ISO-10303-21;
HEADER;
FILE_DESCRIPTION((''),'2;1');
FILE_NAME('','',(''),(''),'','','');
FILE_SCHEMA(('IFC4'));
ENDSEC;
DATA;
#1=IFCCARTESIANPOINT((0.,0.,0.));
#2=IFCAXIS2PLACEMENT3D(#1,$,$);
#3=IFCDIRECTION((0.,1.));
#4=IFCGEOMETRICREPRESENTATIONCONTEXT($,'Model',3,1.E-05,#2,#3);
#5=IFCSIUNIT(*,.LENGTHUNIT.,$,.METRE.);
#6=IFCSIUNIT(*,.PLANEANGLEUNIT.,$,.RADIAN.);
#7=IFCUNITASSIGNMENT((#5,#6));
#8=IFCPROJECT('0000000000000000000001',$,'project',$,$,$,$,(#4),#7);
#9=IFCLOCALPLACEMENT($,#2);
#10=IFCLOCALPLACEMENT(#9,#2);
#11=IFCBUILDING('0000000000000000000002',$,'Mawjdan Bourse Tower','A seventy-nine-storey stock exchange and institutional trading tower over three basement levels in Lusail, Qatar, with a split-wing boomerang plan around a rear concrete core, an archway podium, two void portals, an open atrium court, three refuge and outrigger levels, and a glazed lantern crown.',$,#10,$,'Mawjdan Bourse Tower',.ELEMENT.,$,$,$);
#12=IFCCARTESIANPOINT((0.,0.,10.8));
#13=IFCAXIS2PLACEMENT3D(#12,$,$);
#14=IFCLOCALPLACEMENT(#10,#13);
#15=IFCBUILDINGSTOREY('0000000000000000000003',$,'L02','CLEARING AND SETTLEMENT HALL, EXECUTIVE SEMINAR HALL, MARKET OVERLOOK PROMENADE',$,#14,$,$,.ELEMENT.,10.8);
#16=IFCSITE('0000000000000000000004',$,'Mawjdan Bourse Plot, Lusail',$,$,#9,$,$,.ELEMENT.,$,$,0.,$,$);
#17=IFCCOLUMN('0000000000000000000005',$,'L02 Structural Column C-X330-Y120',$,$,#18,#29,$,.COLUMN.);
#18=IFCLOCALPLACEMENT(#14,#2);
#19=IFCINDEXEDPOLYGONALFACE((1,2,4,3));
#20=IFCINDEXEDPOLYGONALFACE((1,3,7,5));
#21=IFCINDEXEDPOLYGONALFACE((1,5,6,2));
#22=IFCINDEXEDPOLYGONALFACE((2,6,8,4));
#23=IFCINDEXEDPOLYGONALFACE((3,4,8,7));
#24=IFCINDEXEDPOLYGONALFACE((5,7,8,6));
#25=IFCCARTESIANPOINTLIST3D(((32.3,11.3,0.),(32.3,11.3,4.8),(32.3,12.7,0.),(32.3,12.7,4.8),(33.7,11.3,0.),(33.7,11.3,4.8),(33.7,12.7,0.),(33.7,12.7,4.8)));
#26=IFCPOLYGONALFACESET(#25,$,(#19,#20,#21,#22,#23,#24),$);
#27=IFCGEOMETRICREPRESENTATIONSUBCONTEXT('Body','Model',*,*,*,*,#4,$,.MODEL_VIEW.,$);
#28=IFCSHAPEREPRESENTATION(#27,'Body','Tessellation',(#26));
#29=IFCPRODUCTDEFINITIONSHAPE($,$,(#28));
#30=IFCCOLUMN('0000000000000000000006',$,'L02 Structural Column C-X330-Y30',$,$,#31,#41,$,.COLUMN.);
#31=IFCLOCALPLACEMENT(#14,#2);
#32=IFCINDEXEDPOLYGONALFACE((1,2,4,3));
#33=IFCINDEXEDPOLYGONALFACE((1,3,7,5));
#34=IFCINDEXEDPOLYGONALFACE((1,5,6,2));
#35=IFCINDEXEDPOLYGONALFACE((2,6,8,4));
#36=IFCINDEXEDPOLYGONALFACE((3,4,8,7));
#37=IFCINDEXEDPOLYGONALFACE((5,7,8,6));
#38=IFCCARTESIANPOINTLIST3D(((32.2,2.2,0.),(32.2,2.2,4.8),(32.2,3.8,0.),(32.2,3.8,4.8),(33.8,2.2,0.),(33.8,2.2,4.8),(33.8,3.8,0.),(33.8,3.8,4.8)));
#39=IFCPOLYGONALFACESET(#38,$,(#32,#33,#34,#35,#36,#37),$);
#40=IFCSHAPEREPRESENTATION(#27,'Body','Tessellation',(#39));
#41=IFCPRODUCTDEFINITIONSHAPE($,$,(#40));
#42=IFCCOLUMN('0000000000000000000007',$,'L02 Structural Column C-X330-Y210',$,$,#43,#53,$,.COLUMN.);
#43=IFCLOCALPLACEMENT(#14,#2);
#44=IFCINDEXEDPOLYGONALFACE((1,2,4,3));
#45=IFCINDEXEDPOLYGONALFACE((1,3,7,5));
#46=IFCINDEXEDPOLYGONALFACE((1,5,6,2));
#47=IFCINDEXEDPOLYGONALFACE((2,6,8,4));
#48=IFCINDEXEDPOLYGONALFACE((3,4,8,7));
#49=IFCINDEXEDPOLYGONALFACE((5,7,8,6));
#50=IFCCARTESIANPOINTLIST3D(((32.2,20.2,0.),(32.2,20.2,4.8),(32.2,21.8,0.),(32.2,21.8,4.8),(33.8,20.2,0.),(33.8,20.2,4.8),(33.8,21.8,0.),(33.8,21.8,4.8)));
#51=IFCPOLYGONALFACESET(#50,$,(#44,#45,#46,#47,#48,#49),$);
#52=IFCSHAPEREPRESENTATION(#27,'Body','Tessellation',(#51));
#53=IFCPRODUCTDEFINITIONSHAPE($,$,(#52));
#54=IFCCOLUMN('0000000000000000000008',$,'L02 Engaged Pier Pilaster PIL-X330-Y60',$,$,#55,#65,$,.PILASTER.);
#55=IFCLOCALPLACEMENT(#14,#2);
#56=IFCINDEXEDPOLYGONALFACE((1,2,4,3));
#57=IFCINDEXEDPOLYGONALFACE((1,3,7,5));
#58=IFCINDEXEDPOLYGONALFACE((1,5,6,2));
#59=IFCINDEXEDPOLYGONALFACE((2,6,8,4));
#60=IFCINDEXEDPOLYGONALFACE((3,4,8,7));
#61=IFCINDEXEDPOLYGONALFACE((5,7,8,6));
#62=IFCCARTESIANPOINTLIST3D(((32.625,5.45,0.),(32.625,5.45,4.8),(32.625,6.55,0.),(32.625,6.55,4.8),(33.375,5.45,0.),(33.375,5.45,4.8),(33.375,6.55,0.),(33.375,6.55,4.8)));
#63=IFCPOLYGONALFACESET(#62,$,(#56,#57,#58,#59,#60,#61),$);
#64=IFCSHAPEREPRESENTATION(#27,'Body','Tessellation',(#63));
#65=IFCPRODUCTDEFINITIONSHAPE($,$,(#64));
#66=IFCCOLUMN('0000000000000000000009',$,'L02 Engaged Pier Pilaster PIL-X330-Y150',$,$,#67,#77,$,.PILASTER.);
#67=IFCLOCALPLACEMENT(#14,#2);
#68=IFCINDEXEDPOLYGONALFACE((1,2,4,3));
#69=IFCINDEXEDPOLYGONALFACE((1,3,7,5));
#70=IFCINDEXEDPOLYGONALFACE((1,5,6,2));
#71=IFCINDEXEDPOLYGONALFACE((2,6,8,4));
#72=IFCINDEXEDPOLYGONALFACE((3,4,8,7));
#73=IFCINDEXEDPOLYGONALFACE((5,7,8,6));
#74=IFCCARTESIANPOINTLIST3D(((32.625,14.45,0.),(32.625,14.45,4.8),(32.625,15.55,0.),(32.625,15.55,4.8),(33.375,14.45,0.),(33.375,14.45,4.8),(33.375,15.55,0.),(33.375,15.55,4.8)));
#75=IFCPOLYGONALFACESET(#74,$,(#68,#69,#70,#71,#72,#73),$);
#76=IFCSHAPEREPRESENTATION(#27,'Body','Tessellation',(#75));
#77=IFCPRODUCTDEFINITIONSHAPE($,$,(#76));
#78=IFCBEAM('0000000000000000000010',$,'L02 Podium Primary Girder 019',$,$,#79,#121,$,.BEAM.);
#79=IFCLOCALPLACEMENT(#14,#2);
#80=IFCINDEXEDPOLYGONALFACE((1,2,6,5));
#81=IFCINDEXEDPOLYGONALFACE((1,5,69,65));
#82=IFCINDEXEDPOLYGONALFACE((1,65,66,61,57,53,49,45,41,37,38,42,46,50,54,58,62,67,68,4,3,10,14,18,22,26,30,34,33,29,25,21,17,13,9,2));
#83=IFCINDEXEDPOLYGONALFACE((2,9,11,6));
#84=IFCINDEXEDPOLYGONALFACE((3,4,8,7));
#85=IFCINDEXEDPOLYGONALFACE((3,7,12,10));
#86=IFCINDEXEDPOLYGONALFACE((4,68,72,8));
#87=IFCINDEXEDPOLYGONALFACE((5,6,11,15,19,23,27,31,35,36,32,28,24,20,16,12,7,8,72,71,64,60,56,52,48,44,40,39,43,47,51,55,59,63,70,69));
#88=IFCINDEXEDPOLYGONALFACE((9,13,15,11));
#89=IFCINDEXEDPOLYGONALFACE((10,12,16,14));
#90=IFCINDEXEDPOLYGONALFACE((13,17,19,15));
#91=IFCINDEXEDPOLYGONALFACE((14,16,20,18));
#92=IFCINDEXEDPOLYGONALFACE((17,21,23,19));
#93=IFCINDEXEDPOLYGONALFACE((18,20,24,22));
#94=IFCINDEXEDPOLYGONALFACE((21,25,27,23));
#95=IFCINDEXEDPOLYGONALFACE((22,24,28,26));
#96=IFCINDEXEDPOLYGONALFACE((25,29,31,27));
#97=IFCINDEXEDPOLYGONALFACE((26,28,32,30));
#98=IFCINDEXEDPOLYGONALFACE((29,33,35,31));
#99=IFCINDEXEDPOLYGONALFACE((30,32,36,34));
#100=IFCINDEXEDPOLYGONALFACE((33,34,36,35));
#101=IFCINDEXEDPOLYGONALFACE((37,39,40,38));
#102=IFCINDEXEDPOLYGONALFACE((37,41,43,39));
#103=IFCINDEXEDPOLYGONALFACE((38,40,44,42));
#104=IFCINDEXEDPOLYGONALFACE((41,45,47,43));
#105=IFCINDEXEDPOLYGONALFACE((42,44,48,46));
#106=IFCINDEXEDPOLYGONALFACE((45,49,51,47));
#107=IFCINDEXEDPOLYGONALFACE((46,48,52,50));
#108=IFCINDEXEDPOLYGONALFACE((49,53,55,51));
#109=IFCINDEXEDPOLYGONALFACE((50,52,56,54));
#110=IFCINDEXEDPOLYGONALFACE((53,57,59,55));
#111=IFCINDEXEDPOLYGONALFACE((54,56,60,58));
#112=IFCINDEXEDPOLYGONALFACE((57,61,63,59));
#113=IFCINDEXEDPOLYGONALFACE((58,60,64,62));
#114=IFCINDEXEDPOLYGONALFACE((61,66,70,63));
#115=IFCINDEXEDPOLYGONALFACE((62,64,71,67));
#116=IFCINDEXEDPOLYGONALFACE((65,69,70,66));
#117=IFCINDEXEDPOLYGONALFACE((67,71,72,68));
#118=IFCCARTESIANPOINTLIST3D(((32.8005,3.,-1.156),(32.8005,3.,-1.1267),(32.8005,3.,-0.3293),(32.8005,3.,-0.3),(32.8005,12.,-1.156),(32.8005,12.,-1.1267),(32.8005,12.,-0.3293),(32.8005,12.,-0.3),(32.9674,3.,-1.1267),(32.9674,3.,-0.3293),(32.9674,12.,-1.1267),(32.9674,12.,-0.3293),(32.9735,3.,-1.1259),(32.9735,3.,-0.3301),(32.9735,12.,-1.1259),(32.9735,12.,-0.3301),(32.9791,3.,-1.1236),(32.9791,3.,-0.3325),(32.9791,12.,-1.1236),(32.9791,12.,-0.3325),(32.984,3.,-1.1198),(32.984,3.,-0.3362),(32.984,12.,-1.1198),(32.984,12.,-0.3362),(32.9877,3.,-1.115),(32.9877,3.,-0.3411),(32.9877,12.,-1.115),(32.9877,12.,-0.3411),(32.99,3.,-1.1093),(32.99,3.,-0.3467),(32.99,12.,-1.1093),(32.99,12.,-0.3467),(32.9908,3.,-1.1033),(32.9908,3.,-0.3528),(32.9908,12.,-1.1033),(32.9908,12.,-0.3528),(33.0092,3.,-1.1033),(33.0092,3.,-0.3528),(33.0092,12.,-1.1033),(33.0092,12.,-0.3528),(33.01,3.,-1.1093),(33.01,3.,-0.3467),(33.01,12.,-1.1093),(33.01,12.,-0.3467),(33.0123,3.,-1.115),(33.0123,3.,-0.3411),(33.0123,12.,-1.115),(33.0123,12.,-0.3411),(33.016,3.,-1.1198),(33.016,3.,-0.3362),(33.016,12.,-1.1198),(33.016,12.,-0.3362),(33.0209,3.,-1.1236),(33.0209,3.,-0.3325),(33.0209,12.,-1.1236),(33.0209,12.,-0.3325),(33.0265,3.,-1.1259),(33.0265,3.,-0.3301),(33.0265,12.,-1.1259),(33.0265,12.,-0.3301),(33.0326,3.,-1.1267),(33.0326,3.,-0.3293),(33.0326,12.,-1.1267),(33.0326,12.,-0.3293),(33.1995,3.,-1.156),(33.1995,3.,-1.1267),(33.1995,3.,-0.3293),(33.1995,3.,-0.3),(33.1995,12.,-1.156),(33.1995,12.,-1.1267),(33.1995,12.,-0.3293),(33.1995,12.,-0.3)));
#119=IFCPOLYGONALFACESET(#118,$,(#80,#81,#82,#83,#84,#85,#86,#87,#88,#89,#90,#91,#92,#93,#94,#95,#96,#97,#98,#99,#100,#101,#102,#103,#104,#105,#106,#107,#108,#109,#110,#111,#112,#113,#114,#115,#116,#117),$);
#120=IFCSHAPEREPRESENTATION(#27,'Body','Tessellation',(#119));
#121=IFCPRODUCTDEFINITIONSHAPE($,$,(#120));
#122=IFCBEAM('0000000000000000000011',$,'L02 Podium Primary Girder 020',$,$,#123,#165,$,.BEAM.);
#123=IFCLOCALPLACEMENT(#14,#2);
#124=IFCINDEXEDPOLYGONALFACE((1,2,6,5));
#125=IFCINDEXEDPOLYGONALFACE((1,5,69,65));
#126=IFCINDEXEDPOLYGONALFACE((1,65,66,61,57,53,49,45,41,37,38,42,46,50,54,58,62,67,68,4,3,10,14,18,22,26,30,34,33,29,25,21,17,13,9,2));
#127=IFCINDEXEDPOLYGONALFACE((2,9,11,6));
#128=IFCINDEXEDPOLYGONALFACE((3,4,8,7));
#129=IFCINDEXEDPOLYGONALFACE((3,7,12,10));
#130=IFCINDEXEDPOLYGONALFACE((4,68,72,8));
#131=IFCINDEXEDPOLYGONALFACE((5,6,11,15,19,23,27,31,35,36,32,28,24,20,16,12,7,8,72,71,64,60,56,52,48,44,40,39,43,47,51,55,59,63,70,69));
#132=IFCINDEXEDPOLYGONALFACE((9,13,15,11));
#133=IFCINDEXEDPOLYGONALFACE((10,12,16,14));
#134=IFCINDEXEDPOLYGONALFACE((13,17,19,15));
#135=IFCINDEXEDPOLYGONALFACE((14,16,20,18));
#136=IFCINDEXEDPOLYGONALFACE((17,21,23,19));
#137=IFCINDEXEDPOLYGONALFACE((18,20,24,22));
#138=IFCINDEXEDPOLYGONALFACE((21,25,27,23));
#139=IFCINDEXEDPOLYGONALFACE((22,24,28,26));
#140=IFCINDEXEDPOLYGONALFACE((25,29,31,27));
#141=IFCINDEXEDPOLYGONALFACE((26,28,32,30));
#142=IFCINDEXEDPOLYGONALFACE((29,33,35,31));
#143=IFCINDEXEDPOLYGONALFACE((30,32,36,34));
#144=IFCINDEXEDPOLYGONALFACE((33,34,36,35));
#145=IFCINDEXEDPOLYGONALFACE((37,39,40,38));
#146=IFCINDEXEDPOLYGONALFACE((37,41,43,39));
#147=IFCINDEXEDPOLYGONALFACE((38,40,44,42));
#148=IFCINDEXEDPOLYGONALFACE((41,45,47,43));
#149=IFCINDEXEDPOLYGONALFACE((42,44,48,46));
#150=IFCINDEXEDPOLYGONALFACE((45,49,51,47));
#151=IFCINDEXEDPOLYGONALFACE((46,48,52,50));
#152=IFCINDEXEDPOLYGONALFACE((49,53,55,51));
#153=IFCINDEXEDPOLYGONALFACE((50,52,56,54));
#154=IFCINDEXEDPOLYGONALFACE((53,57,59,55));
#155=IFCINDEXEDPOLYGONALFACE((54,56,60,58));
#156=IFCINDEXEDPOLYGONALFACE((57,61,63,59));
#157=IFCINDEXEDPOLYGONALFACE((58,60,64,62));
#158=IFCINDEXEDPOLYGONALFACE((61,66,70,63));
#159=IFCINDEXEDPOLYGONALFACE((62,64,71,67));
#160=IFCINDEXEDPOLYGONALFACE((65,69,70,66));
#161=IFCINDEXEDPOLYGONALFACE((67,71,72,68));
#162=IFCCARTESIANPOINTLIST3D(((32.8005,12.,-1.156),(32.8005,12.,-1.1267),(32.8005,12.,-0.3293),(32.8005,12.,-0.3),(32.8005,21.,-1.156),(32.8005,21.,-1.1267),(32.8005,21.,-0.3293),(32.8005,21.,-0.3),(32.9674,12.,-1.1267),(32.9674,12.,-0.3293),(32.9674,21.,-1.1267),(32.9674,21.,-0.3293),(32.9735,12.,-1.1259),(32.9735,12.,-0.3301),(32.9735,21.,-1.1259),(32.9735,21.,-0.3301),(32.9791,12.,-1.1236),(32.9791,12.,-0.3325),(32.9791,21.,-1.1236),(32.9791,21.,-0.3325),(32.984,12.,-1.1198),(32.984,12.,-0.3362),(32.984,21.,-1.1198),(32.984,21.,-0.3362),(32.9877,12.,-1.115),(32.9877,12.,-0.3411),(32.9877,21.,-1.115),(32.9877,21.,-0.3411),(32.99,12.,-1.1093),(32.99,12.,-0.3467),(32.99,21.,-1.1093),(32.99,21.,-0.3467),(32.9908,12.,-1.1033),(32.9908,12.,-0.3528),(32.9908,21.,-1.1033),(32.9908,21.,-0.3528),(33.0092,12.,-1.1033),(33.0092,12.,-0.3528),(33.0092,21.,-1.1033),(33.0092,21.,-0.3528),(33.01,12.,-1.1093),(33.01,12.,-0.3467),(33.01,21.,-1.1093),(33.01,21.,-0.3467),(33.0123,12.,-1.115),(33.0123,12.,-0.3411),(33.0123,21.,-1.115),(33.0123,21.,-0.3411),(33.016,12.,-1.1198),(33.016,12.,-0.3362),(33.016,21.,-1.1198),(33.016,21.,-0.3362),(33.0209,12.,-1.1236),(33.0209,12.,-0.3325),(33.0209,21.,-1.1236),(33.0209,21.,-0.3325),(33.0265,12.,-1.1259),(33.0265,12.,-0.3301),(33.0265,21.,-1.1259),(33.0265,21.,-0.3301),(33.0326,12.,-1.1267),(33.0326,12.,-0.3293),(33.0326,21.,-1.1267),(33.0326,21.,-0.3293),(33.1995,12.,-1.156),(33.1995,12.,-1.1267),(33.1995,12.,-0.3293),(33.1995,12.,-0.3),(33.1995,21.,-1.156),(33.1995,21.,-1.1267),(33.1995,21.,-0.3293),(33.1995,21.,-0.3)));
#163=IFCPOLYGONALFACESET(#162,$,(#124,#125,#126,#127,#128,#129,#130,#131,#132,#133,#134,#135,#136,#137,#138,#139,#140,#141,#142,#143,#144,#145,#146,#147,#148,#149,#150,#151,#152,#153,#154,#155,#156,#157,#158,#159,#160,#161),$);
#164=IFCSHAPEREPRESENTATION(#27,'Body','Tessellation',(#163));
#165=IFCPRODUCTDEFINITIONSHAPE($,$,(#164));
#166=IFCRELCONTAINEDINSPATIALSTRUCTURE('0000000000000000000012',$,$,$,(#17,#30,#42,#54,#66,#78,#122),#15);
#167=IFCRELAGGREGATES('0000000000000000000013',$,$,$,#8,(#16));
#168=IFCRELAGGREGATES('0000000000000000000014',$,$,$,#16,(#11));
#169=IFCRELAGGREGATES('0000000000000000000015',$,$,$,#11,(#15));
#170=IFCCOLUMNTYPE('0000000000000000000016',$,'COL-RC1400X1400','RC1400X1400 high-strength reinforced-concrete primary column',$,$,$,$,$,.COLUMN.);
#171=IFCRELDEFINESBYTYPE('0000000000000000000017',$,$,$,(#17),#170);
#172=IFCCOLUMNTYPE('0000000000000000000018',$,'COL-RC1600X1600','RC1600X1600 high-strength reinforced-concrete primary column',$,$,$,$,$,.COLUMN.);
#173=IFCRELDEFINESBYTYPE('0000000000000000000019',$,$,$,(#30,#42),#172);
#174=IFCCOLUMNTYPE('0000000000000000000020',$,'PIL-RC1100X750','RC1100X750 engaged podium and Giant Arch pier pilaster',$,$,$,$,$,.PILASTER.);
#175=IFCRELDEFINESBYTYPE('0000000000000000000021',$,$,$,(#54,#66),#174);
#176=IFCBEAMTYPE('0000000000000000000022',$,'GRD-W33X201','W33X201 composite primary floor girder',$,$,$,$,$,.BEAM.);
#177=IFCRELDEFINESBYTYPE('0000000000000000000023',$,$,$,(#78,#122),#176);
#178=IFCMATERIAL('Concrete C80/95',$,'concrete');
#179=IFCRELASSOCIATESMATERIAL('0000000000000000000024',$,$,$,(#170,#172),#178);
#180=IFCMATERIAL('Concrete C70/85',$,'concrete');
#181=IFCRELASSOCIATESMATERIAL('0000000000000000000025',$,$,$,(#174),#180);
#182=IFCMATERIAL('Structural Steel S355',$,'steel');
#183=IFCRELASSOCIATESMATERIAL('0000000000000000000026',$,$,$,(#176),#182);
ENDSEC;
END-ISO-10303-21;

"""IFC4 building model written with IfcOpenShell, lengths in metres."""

from ifc_helpers import new_model, si_unit, direction, frame, origin, origin_2d, place, context, subcontext, project, spatial, rectangle, i_section, extrude, material, material_profile, profile_set, type_object, element, save


model = new_model("IFC4")

# Units and contexts
model_context = context("Model", 3, precision=1e-05, world=origin(), true_north=direction((0.0, 1.0)))
body_context = subcontext(model_context, "Body", "Model", "MODEL_VIEW")
ifc_project = project(units=[si_unit("LENGTHUNIT", "METRE"), si_unit("PLANEANGLEUNIT", "RADIAN")], contexts=[model_context])

# Site, building, storey
site_placement = place(None, origin())
site = spatial("IfcSite", under=ifc_project, at=site_placement, Name="Mawjdan Bourse Plot, Lusail", CompositionType="ELEMENT", RefElevation=0.0)
building_placement = place(site_placement, origin())
building = spatial("IfcBuilding", under=site, at=building_placement, Name="Mawjdan Bourse Tower", Description="A seventy-nine-storey stock exchange and institutional trading tower over three basement levels in Lusail, Qatar, with a split-wing boomerang plan around a rear concrete core, an archway podium, two void portals, an open atrium court, three refuge and outrigger levels, and a glazed lantern crown.", LongName="Mawjdan Bourse Tower", CompositionType="ELEMENT")
storey_placement = place(building_placement, frame((0.0, 0.0, 10.8)))
storey = spatial("IfcBuildingStorey", under=building, at=storey_placement, Name="L02", Description="CLEARING AND SETTLEMENT HALL, EXECUTIVE SEMINAR HALL, MARKET OVERLOOK PROMENADE", CompositionType="ELEMENT", Elevation=10.8)

# Columns
ifc_material_1 = material(Name="Concrete C80/95", Category="concrete")
ifc_material_profile_1 = material_profile(ifc_material_1, rectangle(XDim=1.3999, YDim=1.3999, at=origin_2d()), Name="RC1400X1400")
ifc_profile_set_1 = profile_set([ifc_material_profile_1], Name="Concrete C80/95")
column_type_1 = type_object("IfcColumnType", Name="COL-RC1400X1400", Description="RC1400X1400 high-strength reinforced-concrete primary column", PredefinedType="COLUMN", material=ifc_profile_set_1)
column_placement = place(storey_placement, frame((33.0, 12.0, 0.0), z_axis=(0.0, 0.0, 1.0), x_axis=(1.0, 0.0, 0.0)))
element("IfcColumn", 1, at=column_placement, inside=storey, type_object=column_type_1, Name="L02 Structural Column C-X330-Y120", PredefinedType="COLUMN", context=body_context, shape_type="SweptSolid", body=[
    extrude(rectangle(XDim=1.3999, YDim=1.3999, at=origin_2d()), origin(), (0.0, 0.0, 1.0), 4.8),
])
ifc_material_profile_2 = material_profile(ifc_material_1, rectangle(XDim=1.6001, YDim=1.6001, at=origin_2d()), Name="RC1600X1600")
ifc_profile_set_2 = profile_set([ifc_material_profile_2], Name="Concrete C80/95")
column_type_2 = type_object("IfcColumnType", Name="COL-RC1600X1600", Description="RC1600X1600 high-strength reinforced-concrete primary column", PredefinedType="COLUMN", material=ifc_profile_set_2)
for number, where, z_axis, x_axis, name in (
    (2, (33.0, 3.0, 0.0), (0.0, 0.0, 1.0), (1.0, 0.0, 0.0), "L02 Structural Column C-X330-Y30"),
    (3, (33.0, 21.0, 0.0), (0.0, 0.0, 1.0), (1.0, 0.0, 0.0), "L02 Structural Column C-X330-Y210"),
):
    element("IfcColumn", number, at=place(storey_placement, frame(where, z_axis=z_axis, x_axis=x_axis)), inside=storey, type_object=column_type_2, Name=name, PredefinedType="COLUMN", context=body_context, shape_type="SweptSolid", body=[
        extrude(rectangle(XDim=1.6001, YDim=1.6001, at=origin_2d()), origin(), (0.0, 0.0, 1.0), 4.8),
    ])
ifc_material_2 = material(Name="Concrete C70/85", Category="concrete")
ifc_material_profile_3 = material_profile(ifc_material_2, rectangle(XDim=0.75, YDim=1.1001, at=origin_2d()), Name="RC1100X750")
ifc_profile_set_3 = profile_set([ifc_material_profile_3], Name="Concrete C70/85")
column_type_3 = type_object("IfcColumnType", Name="PIL-RC1100X750", Description="RC1100X750 engaged podium and Giant Arch pier pilaster", PredefinedType="PILASTER", material=ifc_profile_set_3)
for number, where, z_axis, x_axis, name in (
    (4, (33.0, 6.0, 0.0), (0.0, 0.0, 1.0), (1.0, 0.0, 0.0), "L02 Engaged Pier Pilaster PIL-X330-Y60"),
    (5, (33.0, 15.0, 0.0), (0.0, 0.0, 1.0), (1.0, 0.0, 0.0), "L02 Engaged Pier Pilaster PIL-X330-Y150"),
):
    element("IfcColumn", number, at=place(storey_placement, frame(where, z_axis=z_axis, x_axis=x_axis)), inside=storey, type_object=column_type_3, Name=name, PredefinedType="PILASTER", context=body_context, shape_type="SweptSolid", body=[
        extrude(rectangle(XDim=0.75, YDim=1.1001, at=origin_2d()), origin(), (0.0, 0.0, 1.0), 4.8),
    ])

# Beams
ifc_material_3 = material(Name="Structural Steel S355", Category="steel")
ifc_material_profile_4 = material_profile(ifc_material_3, i_section(OverallWidth=0.3989, OverallDepth=0.856, WebThickness=0.0183, FlangeThickness=0.0293, FilletRadius=0.0234, at=origin_2d()), Name="W33X201")
ifc_profile_set_4 = profile_set([ifc_material_profile_4], Name="Structural Steel S355")
beam_type_1 = type_object("IfcBeamType", Name="GRD-W33X201", Description="W33X201 composite primary floor girder", PredefinedType="BEAM", material=ifc_profile_set_4)
for number, where, z_axis, x_axis, name in (
    (6, (33.0, 3.0, -0.728), (0.0, 1.0, 0.0), (-1.0, 0.0, 0.0), "L02 Podium Primary Girder 019"),
    (7, (33.0, 12.0, -0.728), (0.0, 1.0, 0.0), (-1.0, 0.0, 0.0), "L02 Podium Primary Girder 020"),
):
    element("IfcBeam", number, at=place(storey_placement, frame(where, z_axis=z_axis, x_axis=x_axis)), inside=storey, type_object=beam_type_1, Name=name, PredefinedType="BEAM", context=body_context, shape_type="SweptSolid", body=[
        extrude(i_section(OverallWidth=0.3989, OverallDepth=0.856, WebThickness=0.0183, FlangeThickness=0.0293, FilletRadius=0.0234, at=origin_2d()), origin(), (0.0, 0.0, 1.0), 9.0),
    ])

save(model, "model.ifc")
